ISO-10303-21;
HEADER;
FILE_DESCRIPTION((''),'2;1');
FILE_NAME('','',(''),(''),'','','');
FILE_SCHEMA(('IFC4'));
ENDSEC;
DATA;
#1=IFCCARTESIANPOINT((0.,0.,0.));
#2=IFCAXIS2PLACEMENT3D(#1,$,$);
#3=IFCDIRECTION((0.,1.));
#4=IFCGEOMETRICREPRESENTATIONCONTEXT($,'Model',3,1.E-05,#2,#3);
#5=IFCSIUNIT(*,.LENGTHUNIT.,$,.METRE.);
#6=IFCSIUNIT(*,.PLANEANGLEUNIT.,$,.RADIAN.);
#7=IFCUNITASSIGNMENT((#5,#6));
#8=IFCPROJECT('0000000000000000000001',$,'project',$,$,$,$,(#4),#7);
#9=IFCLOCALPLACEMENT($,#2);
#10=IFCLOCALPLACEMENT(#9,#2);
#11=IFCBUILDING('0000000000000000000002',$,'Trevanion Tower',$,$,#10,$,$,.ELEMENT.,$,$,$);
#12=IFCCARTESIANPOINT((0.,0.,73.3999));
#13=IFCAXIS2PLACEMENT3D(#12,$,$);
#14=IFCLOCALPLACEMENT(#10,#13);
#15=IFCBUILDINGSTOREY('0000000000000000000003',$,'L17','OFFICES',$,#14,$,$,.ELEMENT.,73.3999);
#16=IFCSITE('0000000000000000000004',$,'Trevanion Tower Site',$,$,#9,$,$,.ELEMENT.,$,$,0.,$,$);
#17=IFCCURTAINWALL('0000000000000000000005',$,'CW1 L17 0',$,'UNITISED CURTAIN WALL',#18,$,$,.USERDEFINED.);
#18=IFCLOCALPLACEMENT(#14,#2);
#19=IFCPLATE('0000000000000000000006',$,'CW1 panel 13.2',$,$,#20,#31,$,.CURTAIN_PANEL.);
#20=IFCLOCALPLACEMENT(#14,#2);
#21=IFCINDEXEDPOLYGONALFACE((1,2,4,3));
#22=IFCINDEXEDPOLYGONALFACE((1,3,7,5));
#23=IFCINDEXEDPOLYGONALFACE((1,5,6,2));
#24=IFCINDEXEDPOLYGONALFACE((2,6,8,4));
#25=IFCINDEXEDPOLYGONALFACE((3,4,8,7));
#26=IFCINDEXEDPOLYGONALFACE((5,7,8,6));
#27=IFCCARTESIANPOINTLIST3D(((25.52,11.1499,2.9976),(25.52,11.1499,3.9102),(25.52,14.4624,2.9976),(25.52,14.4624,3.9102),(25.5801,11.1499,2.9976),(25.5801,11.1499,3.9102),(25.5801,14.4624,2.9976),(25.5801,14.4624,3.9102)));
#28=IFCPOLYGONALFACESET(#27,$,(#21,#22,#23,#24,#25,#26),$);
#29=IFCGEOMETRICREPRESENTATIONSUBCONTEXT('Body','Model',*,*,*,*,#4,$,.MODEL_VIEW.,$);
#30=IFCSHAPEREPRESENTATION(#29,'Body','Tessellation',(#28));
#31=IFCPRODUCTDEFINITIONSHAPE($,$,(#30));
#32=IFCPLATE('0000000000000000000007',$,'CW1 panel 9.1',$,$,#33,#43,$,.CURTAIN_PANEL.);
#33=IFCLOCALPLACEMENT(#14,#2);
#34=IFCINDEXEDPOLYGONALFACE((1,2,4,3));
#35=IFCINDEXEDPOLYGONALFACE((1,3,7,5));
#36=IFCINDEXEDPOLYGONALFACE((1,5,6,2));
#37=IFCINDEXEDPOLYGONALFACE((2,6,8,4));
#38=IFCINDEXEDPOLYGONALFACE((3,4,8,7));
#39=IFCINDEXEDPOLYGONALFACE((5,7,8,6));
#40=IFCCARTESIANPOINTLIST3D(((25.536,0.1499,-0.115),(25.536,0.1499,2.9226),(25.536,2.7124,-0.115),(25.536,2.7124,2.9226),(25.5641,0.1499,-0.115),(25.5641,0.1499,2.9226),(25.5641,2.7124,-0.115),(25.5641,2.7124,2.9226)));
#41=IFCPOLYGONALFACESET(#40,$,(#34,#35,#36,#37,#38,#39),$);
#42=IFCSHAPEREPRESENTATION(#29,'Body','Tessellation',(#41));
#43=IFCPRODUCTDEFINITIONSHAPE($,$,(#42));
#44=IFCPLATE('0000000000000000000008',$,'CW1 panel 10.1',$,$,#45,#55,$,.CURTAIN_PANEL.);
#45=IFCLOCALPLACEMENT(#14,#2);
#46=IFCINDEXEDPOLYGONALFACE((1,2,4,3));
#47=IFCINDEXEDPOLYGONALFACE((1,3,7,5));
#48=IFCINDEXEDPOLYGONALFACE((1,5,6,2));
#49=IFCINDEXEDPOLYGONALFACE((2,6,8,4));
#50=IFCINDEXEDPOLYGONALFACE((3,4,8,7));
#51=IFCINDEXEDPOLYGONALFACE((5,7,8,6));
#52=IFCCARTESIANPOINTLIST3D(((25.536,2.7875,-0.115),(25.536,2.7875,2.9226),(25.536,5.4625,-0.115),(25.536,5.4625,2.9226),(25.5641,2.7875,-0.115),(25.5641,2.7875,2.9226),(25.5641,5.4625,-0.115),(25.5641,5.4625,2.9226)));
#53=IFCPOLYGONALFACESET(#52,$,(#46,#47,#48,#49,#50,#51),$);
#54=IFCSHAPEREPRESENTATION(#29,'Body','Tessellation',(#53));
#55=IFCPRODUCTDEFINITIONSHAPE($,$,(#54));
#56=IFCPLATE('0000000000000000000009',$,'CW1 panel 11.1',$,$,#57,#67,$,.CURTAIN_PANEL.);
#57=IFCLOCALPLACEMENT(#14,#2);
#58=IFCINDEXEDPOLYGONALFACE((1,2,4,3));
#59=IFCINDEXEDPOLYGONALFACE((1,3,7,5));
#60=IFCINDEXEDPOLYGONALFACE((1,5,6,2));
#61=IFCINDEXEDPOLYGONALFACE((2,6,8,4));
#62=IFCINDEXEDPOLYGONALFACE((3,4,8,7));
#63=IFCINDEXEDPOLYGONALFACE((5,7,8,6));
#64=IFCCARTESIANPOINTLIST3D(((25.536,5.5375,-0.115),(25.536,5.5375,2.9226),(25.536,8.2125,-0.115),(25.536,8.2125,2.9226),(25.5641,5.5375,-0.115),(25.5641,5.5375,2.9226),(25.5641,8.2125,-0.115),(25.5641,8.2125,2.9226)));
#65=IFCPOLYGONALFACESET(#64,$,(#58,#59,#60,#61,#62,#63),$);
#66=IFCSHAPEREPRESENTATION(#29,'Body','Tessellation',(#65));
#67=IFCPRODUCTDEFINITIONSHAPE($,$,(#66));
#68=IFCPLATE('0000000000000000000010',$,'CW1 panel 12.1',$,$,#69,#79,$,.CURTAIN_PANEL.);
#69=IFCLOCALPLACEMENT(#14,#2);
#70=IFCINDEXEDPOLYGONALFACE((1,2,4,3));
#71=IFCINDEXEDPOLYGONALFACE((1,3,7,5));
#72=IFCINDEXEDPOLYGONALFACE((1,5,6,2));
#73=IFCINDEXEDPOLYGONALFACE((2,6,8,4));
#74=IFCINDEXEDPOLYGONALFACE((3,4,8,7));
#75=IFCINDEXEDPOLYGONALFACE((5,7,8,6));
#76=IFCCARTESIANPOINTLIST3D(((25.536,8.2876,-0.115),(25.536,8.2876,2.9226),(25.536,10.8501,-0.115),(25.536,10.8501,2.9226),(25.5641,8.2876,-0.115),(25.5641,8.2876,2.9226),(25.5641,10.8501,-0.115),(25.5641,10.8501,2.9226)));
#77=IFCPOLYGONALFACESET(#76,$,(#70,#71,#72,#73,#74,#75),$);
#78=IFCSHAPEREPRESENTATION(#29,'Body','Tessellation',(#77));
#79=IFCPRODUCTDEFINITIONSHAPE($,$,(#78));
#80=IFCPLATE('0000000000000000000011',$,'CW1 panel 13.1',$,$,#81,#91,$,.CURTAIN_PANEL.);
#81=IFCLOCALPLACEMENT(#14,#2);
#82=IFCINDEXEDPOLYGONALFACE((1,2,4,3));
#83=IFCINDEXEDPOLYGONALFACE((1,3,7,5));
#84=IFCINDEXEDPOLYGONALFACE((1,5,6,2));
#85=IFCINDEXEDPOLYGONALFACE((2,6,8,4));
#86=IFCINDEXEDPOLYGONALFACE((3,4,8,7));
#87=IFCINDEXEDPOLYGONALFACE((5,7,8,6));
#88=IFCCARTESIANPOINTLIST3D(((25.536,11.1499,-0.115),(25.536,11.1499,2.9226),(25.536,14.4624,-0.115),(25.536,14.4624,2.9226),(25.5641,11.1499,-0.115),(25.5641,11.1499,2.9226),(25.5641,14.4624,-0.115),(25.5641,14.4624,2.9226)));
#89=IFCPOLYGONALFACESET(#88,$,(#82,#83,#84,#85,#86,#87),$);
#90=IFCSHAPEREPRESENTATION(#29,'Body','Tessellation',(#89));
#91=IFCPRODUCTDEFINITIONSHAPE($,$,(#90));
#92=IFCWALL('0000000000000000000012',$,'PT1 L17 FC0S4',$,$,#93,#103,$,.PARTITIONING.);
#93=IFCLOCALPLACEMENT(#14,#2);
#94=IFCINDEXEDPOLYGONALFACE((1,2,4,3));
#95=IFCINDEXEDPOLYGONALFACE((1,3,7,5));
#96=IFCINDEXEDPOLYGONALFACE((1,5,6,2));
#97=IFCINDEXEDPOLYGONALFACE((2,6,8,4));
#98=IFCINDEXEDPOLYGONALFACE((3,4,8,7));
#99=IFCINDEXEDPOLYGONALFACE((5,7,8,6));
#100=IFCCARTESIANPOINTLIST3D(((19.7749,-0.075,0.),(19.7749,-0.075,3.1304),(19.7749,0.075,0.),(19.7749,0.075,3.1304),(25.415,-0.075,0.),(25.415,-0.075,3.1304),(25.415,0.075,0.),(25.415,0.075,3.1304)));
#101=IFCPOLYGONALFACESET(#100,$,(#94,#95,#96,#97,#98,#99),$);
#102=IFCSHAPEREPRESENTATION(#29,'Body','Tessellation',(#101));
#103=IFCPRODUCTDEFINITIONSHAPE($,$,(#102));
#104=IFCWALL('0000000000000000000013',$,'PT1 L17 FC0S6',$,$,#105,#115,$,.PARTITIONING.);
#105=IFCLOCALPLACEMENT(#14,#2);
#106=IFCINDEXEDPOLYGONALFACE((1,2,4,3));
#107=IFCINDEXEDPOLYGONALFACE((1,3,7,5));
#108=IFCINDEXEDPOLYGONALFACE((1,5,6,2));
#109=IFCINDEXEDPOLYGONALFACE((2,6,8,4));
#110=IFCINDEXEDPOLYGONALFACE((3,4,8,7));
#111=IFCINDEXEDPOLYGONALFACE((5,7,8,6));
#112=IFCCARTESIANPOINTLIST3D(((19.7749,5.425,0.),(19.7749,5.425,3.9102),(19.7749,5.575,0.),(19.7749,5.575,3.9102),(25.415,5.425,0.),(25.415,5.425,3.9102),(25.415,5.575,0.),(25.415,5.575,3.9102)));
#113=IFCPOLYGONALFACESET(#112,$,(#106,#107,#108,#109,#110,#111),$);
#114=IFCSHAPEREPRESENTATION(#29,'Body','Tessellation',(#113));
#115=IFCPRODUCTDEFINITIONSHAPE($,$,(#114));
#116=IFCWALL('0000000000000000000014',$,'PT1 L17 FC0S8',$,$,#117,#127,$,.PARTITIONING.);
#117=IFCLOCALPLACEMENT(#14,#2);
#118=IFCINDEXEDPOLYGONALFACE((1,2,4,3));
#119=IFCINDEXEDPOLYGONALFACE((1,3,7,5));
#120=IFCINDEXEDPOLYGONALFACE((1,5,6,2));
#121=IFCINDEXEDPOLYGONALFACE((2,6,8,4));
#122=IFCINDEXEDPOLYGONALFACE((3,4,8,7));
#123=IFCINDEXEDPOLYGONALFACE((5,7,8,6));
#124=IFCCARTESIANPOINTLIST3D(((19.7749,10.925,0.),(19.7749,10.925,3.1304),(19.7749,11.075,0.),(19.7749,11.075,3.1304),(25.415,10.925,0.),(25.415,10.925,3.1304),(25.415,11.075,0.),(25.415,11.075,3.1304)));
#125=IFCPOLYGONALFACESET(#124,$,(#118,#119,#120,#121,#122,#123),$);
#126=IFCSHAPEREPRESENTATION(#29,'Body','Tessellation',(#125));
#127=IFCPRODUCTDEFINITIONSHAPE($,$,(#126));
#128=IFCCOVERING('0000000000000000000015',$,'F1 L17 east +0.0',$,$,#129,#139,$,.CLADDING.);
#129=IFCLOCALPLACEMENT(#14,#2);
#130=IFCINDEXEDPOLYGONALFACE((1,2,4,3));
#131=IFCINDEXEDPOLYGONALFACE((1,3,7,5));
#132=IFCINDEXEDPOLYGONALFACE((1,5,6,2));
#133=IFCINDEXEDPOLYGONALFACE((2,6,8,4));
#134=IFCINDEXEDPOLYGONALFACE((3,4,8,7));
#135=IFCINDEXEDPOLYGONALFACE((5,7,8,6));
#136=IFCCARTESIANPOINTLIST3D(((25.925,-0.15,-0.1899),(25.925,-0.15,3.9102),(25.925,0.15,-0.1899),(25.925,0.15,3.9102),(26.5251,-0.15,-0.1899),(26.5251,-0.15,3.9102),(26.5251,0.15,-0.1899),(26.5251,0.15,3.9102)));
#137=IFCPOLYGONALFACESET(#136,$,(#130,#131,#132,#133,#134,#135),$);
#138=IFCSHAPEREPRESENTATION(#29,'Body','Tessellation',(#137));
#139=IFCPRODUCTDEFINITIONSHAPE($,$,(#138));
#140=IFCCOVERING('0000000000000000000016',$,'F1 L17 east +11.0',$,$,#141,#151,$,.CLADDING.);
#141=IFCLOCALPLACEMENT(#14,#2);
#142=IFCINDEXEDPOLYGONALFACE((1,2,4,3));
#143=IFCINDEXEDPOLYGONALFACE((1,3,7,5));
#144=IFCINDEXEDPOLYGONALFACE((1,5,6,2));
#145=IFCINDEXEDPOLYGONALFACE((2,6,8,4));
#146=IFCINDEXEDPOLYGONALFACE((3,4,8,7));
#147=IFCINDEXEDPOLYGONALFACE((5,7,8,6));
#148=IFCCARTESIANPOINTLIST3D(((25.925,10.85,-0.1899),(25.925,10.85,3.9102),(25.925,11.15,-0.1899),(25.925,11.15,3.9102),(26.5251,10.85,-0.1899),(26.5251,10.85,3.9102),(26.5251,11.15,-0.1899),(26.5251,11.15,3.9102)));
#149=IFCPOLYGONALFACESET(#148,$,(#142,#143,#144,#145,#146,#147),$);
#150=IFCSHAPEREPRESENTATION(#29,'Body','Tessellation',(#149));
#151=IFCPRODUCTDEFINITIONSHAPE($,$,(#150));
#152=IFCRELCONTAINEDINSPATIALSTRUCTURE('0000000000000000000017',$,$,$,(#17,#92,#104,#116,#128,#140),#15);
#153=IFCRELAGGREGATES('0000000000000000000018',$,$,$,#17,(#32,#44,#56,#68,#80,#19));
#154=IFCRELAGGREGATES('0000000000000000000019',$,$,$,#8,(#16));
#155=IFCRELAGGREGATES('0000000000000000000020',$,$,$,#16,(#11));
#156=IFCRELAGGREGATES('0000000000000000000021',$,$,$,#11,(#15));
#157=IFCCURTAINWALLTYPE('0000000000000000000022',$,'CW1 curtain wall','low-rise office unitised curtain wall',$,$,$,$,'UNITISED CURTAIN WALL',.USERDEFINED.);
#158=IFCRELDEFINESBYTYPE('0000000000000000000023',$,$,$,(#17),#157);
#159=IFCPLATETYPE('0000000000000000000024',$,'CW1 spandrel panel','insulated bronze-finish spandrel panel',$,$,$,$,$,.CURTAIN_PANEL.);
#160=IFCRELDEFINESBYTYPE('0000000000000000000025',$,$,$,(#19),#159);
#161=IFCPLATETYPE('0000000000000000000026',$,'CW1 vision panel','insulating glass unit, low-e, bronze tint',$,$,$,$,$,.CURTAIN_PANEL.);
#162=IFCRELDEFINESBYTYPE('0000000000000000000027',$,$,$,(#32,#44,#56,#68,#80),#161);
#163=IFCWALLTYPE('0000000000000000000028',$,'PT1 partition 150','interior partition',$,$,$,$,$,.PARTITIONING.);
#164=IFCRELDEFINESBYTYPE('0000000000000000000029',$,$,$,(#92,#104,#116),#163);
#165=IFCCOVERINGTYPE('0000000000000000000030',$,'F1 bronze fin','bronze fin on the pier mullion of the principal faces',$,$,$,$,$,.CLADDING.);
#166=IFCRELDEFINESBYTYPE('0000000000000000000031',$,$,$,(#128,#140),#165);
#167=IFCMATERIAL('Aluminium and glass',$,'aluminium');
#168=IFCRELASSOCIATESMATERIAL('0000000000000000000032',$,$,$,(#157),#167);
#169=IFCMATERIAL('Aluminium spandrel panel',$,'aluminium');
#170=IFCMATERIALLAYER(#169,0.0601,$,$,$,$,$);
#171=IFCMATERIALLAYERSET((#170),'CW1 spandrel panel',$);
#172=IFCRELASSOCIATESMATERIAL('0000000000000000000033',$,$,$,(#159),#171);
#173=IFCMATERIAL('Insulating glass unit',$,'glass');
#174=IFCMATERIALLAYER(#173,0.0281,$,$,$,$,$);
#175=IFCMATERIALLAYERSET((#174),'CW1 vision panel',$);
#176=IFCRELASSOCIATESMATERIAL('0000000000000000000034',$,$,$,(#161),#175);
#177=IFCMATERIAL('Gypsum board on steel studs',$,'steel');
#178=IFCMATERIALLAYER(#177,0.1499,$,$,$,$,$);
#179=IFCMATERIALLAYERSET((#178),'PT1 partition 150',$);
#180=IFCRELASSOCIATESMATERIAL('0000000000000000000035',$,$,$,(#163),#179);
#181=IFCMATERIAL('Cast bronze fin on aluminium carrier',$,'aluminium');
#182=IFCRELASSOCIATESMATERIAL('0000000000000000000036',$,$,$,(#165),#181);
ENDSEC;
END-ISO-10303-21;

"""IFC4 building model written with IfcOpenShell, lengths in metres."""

from ifc_helpers import new_model, si_unit, direction, frame, frame_2d, origin, origin_2d, place, context, subcontext, project, spatial, rectangle, extrude, material, layer, layer_set, type_object, element, aggregate, save


model = new_model("IFC4")

# Units and contexts
model_context = context("Model", 3, precision=1e-05, world=origin(), true_north=direction((0.0, 1.0)))
body_context = subcontext(model_context, "Body", "Model", "MODEL_VIEW")
ifc_project = project(units=[si_unit("LENGTHUNIT", "METRE"), si_unit("PLANEANGLEUNIT", "RADIAN")], contexts=[model_context])

# Site, building, storey
site_placement = place(None, origin())
site = spatial("IfcSite", under=ifc_project, at=site_placement, Name="Trevanion Tower Site", CompositionType="ELEMENT", RefElevation=0.0)
building_placement = place(site_placement, origin())
building = spatial("IfcBuilding", under=site, at=building_placement, Name="Trevanion Tower", CompositionType="ELEMENT")
storey_placement = place(building_placement, frame((0.0, 0.0, 73.3999)))
storey = spatial("IfcBuildingStorey", under=building, at=storey_placement, Name="L17", Description="OFFICES", CompositionType="ELEMENT", Elevation=73.3999)

# Curtain wall
ifc_material_1 = material(Name="Aluminium and glass", Category="aluminium")
curtain_wall_type = type_object("IfcCurtainWallType", Name="CW1 curtain wall", Description="low-rise office unitised curtain wall", ElementType="UNITISED CURTAIN WALL", PredefinedType="USERDEFINED", material=ifc_material_1)
curtain_wall_placement = place(storey_placement, origin())
curtain_wall = element("IfcCurtainWall", 1, at=curtain_wall_placement, inside=storey, type_object=curtain_wall_type, Name="CW1 L17 0", ObjectType="UNITISED CURTAIN WALL", PredefinedType="USERDEFINED")

# Plates
ifc_material_2 = material(Name="Aluminium spandrel panel", Category="aluminium")
ifc_layer_1 = layer(ifc_material_2, 0.0601)
ifc_layer_set_1 = layer_set([ifc_layer_1], Name="CW1 spandrel panel")
plate_type_1 = type_object("IfcPlateType", Name="CW1 spandrel panel", Description="insulated bronze-finish spandrel panel", PredefinedType="CURTAIN_PANEL", material=ifc_layer_set_1)
plate_1_placement = place(storey_placement, frame((25.55, 12.8062, 2.9976), z_axis=(0.0, 0.0, 1.0), x_axis=(0.0, 1.0, 0.0)))
plate_1 = element("IfcPlate", 2, at=plate_1_placement, type_object=plate_type_1, Name="CW1 panel 13.2", PredefinedType="CURTAIN_PANEL", context=body_context, shape_type="SweptSolid", body=[
    extrude(rectangle(XDim=3.3125, YDim=0.0601, at=origin_2d()), origin(), (0.0, 0.0, 1.0), 0.9126),
])
ifc_material_3 = material(Name="Insulating glass unit", Category="glass")
ifc_layer_2 = layer(ifc_material_3, 0.0281)
ifc_layer_set_2 = layer_set([ifc_layer_2], Name="CW1 vision panel")
plate_type_2 = type_object("IfcPlateType", Name="CW1 vision panel", Description="insulating glass unit, low-e, bronze tint", PredefinedType="CURTAIN_PANEL", material=ifc_layer_set_2)
plate_2_placement = place(storey_placement, frame((25.55, 1.4312, -0.115), z_axis=(0.0, 0.0, 1.0), x_axis=(0.0, 1.0, 0.0)))
plate_2 = element("IfcPlate", 3, at=plate_2_placement, type_object=plate_type_2, Name="CW1 panel 9.1", PredefinedType="CURTAIN_PANEL", context=body_context, shape_type="SweptSolid", body=[
    extrude(rectangle(XDim=2.5625, YDim=0.0281, at=origin_2d()), origin(), (0.0, 0.0, 1.0), 3.0376),
])
plate_3_placement = place(storey_placement, frame((25.55, 4.125, -0.115), z_axis=(0.0, 0.0, 1.0), x_axis=(0.0, 1.0, 0.0)))
plate_3 = element("IfcPlate", 4, at=plate_3_placement, type_object=plate_type_2, Name="CW1 panel 10.1", PredefinedType="CURTAIN_PANEL", context=body_context, shape_type="SweptSolid", body=[
    extrude(rectangle(XDim=2.675, YDim=0.0281, at=origin_2d()), origin(), (0.0, 0.0, 1.0), 3.0376),
])
plate_4_placement = place(storey_placement, frame((25.55, 6.875, -0.115), z_axis=(0.0, 0.0, 1.0), x_axis=(0.0, 1.0, 0.0)))
plate_4 = element("IfcPlate", 5, at=plate_4_placement, type_object=plate_type_2, Name="CW1 panel 11.1", PredefinedType="CURTAIN_PANEL", context=body_context, shape_type="SweptSolid", body=[
    extrude(rectangle(XDim=2.675, YDim=0.0281, at=origin_2d()), origin(), (0.0, 0.0, 1.0), 3.0376),
])
plate_5_placement = place(storey_placement, frame((25.55, 9.5688, -0.115), z_axis=(0.0, 0.0, 1.0), x_axis=(0.0, 1.0, 0.0)))
plate_5 = element("IfcPlate", 6, at=plate_5_placement, type_object=plate_type_2, Name="CW1 panel 12.1", PredefinedType="CURTAIN_PANEL", context=body_context, shape_type="SweptSolid", body=[
    extrude(rectangle(XDim=2.5625, YDim=0.0281, at=origin_2d()), origin(), (0.0, 0.0, 1.0), 3.0376),
])
plate_6_placement = place(storey_placement, frame((25.55, 12.8062, -0.115), z_axis=(0.0, 0.0, 1.0), x_axis=(0.0, 1.0, 0.0)))
plate_6 = element("IfcPlate", 7, at=plate_6_placement, type_object=plate_type_2, Name="CW1 panel 13.1", PredefinedType="CURTAIN_PANEL", context=body_context, shape_type="SweptSolid", body=[
    extrude(rectangle(XDim=3.3125, YDim=0.0281, at=origin_2d()), origin(), (0.0, 0.0, 1.0), 3.0376),
])
aggregate(curtain_wall, [plate_2, plate_3, plate_4, plate_5, plate_6, plate_1])

# Walls
ifc_material_4 = material(Name="Gypsum board on steel studs", Category="steel")
ifc_layer_3 = layer(ifc_material_4, 0.1499)
ifc_layer_set_3 = layer_set([ifc_layer_3], Name="PT1 partition 150")
wall_type = type_object("IfcWallType", Name="PT1 partition 150", Description="interior partition", PredefinedType="PARTITIONING", material=ifc_layer_set_3)
wall_1_placement = place(storey_placement, frame((19.7749, 0.0, 0.0), z_axis=(0.0, 0.0, 1.0), x_axis=(1.0, 0.0, 0.0)))
element("IfcWall", 8, at=wall_1_placement, inside=storey, type_object=wall_type, Name="PT1 L17 FC0S4", PredefinedType="PARTITIONING", context=body_context, shape_type="SweptSolid", body=[
    extrude(rectangle(XDim=5.6401, YDim=0.1499, at=frame_2d((2.8201, 0.0))), origin(), (0.0, 0.0, 1.0), 3.1304),
])
wall_2_placement = place(storey_placement, frame((19.7749, 5.5, 0.0), z_axis=(0.0, 0.0, 1.0), x_axis=(1.0, 0.0, 0.0)))
element("IfcWall", 9, at=wall_2_placement, inside=storey, type_object=wall_type, Name="PT1 L17 FC0S6", PredefinedType="PARTITIONING", context=body_context, shape_type="SweptSolid", body=[
    extrude(rectangle(XDim=5.6401, YDim=0.1499, at=frame_2d((2.8201, 0.0))), origin(), (0.0, 0.0, 1.0), 3.9102),
])
wall_3_placement = place(storey_placement, frame((19.7749, 11.0, 0.0), z_axis=(0.0, 0.0, 1.0), x_axis=(1.0, 0.0, 0.0)))
element("IfcWall", 10, at=wall_3_placement, inside=storey, type_object=wall_type, Name="PT1 L17 FC0S8", PredefinedType="PARTITIONING", context=body_context, shape_type="SweptSolid", body=[
    extrude(rectangle(XDim=5.6401, YDim=0.1499, at=frame_2d((2.8201, 0.0))), origin(), (0.0, 0.0, 1.0), 3.1304),
])

# Coverings
ifc_material_5 = material(Name="Cast bronze fin on aluminium carrier", Category="aluminium")
covering_type = type_object("IfcCoveringType", Name="F1 bronze fin", Description="bronze fin on the pier mullion of the principal faces", PredefinedType="CLADDING", material=ifc_material_5)
for number, where, z_axis, x_axis, name in (
    (11, (26.2251, 0.0, -0.1899), (0.0, 0.0, 1.0), (0.0, 1.0, 0.0), "F1 L17 east +0.0"),
    (12, (26.2251, 11.0, -0.1899), (0.0, 0.0, 1.0), (0.0, 1.0, 0.0), "F1 L17 east +11.0"),
):
    element("IfcCovering", number, at=place(storey_placement, frame(where, z_axis=z_axis, x_axis=x_axis)), inside=storey, type_object=covering_type, Name=name, PredefinedType="CLADDING", context=body_context, shape_type="SweptSolid", body=[
        extrude(rectangle(XDim=0.3, YDim=0.6001, at=origin_2d()), origin(), (0.0, 0.0, 1.0), 4.1001),
    ])

save(model, "model.ifc")
